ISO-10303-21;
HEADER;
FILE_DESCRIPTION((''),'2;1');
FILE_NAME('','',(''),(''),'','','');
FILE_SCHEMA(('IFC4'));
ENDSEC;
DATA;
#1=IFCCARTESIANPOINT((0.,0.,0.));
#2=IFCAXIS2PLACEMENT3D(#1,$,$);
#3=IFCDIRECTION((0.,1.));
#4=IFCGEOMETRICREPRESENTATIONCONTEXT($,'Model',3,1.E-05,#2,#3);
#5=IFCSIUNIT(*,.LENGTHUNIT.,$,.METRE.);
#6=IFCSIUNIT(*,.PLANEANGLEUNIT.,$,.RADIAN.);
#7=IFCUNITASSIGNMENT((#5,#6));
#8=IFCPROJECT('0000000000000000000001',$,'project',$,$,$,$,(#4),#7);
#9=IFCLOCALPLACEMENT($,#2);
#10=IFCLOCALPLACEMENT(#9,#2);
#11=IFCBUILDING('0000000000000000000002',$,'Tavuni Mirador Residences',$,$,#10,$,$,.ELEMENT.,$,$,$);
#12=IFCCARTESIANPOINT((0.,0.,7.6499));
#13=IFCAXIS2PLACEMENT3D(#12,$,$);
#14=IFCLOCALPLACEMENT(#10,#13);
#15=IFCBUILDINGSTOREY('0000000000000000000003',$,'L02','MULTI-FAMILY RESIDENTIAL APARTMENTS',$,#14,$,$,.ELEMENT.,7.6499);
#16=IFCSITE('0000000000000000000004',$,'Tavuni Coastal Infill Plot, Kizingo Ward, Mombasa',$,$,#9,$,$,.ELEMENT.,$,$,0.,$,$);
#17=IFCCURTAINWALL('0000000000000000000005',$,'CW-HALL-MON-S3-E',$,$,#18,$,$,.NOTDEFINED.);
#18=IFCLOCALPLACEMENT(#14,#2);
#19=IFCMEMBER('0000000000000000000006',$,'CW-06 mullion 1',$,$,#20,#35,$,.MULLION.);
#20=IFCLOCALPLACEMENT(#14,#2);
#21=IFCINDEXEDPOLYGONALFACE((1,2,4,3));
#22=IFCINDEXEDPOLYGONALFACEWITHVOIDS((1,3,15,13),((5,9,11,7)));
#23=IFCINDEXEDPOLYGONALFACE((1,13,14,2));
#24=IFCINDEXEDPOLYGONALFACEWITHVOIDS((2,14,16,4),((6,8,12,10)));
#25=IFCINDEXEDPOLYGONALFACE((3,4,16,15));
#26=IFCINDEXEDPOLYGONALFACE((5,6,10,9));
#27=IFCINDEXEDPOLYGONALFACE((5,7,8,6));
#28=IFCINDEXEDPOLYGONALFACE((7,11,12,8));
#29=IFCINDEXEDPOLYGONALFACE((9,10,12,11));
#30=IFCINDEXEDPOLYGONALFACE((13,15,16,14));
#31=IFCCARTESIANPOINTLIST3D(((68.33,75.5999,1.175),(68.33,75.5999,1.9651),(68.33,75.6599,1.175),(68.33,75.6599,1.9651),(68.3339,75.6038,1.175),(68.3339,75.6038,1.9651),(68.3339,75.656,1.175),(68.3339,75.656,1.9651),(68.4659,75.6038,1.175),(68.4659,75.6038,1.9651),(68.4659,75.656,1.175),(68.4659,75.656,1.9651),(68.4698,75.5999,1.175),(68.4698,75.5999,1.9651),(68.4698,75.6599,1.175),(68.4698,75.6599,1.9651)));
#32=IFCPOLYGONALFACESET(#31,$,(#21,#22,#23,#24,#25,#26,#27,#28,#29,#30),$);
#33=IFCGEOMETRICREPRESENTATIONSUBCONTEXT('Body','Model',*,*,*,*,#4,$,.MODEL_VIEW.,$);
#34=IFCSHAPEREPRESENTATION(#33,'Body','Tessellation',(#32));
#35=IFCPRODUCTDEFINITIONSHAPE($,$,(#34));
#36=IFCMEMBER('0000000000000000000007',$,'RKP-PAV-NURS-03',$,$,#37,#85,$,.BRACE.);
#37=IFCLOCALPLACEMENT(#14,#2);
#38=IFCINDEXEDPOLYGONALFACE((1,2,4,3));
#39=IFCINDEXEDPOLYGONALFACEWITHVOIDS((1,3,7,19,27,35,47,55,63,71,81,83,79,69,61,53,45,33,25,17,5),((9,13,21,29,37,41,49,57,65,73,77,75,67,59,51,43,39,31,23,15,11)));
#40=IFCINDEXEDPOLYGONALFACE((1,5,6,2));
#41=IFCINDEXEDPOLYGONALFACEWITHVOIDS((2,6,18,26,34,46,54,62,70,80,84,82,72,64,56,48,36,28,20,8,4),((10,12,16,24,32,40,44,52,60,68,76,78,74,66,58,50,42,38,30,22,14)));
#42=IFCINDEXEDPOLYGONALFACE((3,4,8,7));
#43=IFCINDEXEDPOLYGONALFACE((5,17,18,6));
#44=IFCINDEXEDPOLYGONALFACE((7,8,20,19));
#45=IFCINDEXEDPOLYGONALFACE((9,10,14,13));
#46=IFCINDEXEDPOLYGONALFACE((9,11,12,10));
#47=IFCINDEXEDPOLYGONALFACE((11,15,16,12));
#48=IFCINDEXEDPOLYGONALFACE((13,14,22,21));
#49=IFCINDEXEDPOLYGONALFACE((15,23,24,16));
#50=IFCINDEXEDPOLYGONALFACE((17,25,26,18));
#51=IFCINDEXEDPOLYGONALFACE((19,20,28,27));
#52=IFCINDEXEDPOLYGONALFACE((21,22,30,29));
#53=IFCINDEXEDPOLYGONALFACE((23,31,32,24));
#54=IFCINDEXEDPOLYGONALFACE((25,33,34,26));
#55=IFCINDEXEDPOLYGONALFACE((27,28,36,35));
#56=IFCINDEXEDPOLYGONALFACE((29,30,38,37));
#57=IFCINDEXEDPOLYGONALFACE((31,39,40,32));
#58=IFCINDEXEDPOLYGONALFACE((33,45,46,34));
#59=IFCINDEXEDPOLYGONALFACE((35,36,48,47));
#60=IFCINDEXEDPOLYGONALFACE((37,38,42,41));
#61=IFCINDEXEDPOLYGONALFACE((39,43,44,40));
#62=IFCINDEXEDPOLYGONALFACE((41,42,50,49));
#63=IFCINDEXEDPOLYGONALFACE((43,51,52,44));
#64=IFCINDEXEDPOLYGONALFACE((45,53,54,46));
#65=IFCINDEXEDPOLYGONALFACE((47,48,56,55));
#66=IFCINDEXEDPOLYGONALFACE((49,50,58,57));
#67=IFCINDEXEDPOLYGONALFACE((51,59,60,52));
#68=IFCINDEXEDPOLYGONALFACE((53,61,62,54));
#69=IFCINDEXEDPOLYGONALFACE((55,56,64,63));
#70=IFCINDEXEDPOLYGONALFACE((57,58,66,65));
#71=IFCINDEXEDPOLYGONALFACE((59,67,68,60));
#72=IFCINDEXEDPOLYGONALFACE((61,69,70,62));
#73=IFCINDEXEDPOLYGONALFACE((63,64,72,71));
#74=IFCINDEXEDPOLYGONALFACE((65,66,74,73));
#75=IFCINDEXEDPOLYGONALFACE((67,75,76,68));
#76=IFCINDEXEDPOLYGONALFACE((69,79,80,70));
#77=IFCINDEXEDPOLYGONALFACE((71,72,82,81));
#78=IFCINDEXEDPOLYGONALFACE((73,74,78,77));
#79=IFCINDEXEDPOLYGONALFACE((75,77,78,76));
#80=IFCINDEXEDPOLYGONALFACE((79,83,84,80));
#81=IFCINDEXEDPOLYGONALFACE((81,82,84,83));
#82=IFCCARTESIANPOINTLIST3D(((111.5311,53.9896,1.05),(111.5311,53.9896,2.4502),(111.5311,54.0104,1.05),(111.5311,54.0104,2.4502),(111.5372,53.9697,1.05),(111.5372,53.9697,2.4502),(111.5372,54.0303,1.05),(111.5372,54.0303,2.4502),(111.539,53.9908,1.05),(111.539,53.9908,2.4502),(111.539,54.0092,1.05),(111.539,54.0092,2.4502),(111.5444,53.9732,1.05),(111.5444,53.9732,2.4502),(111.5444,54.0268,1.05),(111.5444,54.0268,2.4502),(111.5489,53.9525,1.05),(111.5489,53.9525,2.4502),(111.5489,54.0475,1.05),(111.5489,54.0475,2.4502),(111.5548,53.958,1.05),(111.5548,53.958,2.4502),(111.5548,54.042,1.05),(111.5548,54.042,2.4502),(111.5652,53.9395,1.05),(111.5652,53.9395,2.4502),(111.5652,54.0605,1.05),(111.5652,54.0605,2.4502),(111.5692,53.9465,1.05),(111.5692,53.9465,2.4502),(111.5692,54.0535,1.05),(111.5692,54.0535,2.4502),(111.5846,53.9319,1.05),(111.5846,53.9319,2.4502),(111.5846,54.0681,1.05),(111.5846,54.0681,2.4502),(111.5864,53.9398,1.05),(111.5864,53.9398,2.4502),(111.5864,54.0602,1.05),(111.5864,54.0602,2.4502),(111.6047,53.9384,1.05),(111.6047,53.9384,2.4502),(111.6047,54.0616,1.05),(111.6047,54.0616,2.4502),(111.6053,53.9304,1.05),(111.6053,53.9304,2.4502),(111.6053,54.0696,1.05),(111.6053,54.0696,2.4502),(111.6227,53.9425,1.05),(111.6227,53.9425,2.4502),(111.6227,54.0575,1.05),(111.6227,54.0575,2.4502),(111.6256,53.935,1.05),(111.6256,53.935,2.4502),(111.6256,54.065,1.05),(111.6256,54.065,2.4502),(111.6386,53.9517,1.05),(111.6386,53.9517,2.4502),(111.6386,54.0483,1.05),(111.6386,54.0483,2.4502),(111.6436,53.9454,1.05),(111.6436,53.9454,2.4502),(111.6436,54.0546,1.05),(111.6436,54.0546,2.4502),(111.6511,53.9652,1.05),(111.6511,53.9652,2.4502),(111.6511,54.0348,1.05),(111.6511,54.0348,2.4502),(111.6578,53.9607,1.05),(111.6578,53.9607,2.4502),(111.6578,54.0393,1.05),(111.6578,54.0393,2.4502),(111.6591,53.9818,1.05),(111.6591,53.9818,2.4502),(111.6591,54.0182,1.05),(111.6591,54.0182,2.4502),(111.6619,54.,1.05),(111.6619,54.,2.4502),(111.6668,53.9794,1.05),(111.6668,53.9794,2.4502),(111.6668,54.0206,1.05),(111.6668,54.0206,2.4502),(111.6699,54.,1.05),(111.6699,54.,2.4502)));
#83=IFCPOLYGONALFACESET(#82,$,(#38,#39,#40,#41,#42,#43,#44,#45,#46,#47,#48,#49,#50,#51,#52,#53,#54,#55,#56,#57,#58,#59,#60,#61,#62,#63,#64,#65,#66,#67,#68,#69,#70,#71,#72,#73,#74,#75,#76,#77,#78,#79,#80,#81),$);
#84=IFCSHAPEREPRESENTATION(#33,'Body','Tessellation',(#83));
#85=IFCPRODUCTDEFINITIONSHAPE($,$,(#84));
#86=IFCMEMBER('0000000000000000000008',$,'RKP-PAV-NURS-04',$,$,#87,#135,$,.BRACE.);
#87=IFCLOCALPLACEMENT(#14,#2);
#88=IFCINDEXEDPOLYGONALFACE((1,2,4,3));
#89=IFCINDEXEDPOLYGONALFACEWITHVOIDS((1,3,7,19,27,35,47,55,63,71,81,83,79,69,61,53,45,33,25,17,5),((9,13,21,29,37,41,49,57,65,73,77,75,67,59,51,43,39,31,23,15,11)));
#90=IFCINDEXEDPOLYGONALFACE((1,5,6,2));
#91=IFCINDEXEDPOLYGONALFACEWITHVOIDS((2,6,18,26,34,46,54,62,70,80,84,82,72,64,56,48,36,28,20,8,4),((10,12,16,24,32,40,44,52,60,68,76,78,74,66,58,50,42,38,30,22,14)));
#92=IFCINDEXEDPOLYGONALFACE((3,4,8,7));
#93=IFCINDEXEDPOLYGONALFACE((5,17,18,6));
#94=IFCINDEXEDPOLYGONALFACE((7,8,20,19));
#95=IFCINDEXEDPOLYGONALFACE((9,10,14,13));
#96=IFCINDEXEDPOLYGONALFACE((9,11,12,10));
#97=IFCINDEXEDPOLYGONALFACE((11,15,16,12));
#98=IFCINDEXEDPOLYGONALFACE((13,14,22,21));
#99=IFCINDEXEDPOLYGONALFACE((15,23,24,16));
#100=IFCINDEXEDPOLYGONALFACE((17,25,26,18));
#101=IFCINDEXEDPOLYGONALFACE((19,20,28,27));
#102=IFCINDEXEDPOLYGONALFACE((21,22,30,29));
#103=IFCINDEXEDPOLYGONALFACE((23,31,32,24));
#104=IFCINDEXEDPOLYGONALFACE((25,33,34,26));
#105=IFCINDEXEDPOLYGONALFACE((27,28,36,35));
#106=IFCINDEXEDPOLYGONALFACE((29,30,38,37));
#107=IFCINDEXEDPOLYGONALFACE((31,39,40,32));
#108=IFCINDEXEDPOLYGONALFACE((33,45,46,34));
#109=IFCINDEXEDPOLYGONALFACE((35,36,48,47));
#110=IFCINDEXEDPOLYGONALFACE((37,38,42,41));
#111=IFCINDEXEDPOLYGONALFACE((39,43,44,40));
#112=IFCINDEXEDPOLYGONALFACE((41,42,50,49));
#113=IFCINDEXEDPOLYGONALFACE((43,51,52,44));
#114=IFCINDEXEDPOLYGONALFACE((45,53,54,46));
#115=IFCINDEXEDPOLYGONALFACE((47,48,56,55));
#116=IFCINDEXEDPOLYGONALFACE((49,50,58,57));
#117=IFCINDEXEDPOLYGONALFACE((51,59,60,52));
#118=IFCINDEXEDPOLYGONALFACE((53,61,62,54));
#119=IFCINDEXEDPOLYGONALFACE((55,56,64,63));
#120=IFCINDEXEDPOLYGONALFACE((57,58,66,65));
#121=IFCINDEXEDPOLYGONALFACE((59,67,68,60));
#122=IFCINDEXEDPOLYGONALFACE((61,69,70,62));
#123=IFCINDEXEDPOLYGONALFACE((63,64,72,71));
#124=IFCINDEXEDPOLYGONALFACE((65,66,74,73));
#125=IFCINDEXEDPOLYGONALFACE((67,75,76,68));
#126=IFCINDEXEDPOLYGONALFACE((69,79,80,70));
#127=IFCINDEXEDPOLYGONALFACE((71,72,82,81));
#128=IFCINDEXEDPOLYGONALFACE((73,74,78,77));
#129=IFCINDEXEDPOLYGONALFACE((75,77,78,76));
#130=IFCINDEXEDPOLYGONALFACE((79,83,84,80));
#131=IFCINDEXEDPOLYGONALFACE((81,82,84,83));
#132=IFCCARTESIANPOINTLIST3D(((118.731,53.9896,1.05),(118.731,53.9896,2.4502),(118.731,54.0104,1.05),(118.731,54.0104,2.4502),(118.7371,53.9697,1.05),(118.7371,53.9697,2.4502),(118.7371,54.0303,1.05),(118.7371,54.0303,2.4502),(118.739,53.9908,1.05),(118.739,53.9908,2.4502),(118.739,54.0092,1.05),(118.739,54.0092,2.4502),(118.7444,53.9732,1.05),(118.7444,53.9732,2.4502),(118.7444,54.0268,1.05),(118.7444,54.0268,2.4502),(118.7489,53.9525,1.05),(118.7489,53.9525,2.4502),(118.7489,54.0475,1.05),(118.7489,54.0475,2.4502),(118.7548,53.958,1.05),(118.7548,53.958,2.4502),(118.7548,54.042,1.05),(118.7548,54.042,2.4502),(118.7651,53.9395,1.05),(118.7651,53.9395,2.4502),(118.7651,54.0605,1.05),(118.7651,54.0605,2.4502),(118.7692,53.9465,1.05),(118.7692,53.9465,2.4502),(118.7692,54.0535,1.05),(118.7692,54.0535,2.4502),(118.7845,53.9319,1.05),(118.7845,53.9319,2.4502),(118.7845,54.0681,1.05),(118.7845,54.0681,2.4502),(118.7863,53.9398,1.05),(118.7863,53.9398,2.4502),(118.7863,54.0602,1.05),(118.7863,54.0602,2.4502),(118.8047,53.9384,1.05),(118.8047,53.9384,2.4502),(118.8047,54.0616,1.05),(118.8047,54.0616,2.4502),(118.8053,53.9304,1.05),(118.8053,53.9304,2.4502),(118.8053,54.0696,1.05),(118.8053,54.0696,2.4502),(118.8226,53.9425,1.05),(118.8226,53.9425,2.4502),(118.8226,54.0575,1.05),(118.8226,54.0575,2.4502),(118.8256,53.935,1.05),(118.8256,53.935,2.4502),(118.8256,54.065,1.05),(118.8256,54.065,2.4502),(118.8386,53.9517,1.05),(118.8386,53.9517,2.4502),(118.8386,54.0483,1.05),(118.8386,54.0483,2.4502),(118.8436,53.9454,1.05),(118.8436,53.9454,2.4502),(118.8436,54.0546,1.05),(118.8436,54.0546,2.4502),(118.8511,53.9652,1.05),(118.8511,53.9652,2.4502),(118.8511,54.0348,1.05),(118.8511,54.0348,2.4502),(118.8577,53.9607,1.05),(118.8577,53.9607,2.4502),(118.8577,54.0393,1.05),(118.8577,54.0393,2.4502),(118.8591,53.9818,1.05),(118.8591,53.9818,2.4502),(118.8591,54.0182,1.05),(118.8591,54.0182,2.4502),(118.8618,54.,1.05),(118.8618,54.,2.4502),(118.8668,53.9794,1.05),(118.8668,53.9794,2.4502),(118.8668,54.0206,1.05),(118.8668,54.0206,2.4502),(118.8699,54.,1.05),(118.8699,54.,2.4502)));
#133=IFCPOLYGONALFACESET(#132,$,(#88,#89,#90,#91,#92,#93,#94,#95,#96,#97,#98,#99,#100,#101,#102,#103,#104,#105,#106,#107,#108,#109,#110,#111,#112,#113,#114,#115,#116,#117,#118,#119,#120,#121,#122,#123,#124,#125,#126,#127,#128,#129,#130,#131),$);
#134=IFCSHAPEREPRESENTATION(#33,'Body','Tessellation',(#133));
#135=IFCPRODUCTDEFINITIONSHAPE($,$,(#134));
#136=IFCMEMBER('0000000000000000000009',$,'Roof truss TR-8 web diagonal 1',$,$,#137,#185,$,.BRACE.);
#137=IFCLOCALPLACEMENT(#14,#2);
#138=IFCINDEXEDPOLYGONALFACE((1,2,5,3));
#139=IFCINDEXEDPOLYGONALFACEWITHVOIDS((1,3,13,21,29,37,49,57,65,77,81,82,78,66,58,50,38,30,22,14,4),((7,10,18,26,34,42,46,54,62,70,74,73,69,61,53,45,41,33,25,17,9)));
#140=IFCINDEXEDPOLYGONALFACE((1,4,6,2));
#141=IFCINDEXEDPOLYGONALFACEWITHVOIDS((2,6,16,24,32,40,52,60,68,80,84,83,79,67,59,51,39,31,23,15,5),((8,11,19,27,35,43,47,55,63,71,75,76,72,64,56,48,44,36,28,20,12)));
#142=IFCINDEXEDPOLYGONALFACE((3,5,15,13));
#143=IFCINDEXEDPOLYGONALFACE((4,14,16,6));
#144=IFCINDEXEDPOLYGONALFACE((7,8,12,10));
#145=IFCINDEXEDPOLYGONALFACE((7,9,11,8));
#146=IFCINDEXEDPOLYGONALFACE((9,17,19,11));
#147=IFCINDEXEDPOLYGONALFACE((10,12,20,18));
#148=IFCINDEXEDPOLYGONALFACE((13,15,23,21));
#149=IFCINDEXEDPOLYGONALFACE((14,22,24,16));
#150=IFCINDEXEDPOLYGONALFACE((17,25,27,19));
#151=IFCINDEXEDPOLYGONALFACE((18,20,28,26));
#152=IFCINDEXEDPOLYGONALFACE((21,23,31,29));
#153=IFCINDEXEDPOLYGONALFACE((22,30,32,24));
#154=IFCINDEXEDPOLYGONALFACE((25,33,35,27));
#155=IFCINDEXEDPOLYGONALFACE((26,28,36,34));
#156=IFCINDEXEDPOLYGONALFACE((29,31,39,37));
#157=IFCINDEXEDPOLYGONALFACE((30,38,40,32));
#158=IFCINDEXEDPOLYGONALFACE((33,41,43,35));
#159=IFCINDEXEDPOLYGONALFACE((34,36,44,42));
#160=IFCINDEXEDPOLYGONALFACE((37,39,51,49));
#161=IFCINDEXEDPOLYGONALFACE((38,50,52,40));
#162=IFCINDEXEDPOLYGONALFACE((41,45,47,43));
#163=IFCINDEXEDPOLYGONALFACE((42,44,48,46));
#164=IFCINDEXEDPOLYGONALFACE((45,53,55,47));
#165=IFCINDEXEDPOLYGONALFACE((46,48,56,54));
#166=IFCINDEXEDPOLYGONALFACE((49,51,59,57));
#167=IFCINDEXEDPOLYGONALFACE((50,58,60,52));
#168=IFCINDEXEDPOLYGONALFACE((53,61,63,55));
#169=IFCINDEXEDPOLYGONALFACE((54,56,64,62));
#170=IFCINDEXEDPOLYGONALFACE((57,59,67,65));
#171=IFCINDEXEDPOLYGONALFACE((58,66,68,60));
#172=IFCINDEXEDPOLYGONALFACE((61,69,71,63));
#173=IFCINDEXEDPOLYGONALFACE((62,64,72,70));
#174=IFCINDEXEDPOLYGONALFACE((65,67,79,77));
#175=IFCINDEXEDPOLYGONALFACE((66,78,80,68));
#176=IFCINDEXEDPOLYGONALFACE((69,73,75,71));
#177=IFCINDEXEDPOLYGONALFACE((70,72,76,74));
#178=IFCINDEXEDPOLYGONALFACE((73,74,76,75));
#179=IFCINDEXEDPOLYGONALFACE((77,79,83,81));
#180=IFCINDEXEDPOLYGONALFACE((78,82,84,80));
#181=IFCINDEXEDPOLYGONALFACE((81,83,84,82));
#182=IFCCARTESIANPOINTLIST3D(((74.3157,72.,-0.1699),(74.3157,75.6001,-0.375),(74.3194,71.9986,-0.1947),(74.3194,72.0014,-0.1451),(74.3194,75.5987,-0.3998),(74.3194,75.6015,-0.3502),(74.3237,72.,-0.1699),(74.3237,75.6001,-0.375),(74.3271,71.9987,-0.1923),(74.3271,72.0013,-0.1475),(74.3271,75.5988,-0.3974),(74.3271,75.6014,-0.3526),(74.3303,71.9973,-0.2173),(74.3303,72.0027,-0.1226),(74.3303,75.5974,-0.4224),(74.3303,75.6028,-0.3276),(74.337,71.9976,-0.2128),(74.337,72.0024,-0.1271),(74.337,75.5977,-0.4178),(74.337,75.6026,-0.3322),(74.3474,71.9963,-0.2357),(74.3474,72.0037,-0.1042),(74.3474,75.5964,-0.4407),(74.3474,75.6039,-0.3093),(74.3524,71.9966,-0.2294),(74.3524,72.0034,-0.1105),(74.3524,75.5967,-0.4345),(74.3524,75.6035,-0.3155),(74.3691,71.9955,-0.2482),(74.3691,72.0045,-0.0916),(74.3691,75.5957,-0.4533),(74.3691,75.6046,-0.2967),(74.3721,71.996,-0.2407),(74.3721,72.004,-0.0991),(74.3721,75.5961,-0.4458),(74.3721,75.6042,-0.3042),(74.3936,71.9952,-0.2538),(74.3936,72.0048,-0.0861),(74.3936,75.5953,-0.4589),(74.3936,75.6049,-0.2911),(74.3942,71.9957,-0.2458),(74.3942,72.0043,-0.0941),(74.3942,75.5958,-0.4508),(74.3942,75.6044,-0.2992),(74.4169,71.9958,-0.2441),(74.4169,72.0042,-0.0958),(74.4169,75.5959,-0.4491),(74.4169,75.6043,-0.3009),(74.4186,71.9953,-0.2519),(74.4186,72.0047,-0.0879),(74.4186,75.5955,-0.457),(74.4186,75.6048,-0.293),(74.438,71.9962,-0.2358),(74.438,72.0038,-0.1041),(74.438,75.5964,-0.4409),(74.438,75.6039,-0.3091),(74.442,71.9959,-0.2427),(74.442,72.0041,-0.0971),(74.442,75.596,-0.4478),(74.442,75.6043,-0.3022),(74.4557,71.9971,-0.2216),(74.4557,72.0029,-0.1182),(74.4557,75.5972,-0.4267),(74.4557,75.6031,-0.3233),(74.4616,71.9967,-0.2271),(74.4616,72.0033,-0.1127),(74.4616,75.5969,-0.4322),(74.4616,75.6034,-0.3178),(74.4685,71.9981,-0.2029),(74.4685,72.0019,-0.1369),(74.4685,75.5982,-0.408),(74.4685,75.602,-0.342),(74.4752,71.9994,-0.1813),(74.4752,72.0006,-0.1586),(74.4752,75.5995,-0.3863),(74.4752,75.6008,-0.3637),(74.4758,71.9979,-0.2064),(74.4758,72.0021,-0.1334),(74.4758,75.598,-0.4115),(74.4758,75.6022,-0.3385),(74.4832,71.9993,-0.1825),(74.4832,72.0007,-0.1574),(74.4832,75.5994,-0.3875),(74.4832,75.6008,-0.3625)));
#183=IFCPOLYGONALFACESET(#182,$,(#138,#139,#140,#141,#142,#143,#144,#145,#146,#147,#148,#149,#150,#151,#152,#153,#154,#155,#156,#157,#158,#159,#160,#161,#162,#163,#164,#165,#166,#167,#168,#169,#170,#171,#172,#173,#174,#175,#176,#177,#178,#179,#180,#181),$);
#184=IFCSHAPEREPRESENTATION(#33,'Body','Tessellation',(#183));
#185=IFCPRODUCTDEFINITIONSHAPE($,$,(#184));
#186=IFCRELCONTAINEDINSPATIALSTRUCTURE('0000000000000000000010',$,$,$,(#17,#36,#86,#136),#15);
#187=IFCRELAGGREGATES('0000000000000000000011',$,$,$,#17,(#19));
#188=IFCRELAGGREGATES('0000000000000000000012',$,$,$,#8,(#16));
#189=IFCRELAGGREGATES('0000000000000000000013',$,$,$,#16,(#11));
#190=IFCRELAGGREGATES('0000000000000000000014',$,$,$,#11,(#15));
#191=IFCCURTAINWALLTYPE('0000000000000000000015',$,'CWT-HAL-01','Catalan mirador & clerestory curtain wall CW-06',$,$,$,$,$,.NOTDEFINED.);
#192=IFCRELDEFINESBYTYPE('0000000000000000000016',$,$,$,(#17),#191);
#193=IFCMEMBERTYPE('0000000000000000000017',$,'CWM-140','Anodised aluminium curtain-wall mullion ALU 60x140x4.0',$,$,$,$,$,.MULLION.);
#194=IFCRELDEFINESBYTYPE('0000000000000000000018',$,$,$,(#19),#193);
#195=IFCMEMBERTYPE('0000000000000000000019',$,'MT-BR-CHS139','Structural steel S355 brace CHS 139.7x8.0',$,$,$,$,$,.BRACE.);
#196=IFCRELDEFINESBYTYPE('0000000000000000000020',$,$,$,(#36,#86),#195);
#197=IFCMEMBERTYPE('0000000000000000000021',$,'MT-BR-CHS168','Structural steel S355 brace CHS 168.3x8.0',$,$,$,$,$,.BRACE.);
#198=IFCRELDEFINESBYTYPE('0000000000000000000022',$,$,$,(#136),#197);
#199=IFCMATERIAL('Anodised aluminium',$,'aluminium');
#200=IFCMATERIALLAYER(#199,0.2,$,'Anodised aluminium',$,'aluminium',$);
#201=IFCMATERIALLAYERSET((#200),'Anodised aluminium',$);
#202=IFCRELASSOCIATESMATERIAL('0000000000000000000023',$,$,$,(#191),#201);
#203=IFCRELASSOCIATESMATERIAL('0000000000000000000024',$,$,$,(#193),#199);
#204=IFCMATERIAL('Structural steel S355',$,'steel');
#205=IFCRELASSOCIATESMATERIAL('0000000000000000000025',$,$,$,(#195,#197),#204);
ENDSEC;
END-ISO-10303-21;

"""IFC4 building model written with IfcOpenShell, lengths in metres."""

from ifc_helpers import new_model, si_unit, direction, frame, origin, origin_2d, place, context, subcontext, project, spatial, hollow_rectangle, hollow_circle, extrude, material, layer, layer_set, material_profile, profile_set, type_object, element, aggregate, save


model = new_model("IFC4")

# Units and contexts
model_context = context("Model", 3, precision=1e-05, world=origin(), true_north=direction((0.0, 1.0)))
body_context = subcontext(model_context, "Body", "Model", "MODEL_VIEW")
ifc_project = project(units=[si_unit("LENGTHUNIT", "METRE"), si_unit("PLANEANGLEUNIT", "RADIAN")], contexts=[model_context])

# Site, building, storey
site_placement = place(None, origin())
site = spatial("IfcSite", under=ifc_project, at=site_placement, Name="Tavuni Coastal Infill Plot, Kizingo Ward, Mombasa", CompositionType="ELEMENT", RefElevation=0.0)
building_placement = place(site_placement, origin())
building = spatial("IfcBuilding", under=site, at=building_placement, Name="Tavuni Mirador Residences", CompositionType="ELEMENT")
storey_placement = place(building_placement, frame((0.0, 0.0, 7.6499)))
storey = spatial("IfcBuildingStorey", under=building, at=storey_placement, Name="L02", Description="MULTI-FAMILY RESIDENTIAL APARTMENTS", CompositionType="ELEMENT", Elevation=7.6499)

# Curtain wall, member
ifc_material_1 = material(Name="Anodised aluminium", Category="aluminium")
ifc_layer_1 = layer(ifc_material_1, 0.2, Name="Anodised aluminium", Category="aluminium")
ifc_layer_set_1 = layer_set([ifc_layer_1], Name="Anodised aluminium")
curtain_wall_type = type_object("IfcCurtainWallType", Name="CWT-HAL-01", Description="Catalan mirador & clerestory curtain wall CW-06", PredefinedType="NOTDEFINED", material=ifc_layer_set_1)
curtain_wall_placement = place(storey_placement, origin())
curtain_wall = element("IfcCurtainWall", 1, at=curtain_wall_placement, inside=storey, type_object=curtain_wall_type, Name="CW-HALL-MON-S3-E", PredefinedType="NOTDEFINED")
ifc_material_profile_1 = material_profile(ifc_material_1, hollow_rectangle(XDim=0.0601, YDim=0.1399, WallThickness=0.0039, at=origin_2d()), Name="ALU 60x140x4.0", Category="aluminium")
ifc_profile_set_1 = profile_set([ifc_material_profile_1], Name="Anodised aluminium")
member_type_1 = type_object("IfcMemberType", Name="CWM-140", Description="Anodised aluminium curtain-wall mullion ALU 60x140x4.0", PredefinedType="MULLION", material=ifc_profile_set_1)
member_1_placement = place(storey_placement, frame((68.3999, 75.6299, 1.175), z_axis=(0.0, 0.0, 1.0), x_axis=(0.0, 1.0, 0.0)))
member_1 = element("IfcMember", 2, at=member_1_placement, type_object=member_type_1, Name="CW-06 mullion 1", PredefinedType="MULLION", context=body_context, shape_type="SweptSolid", body=[
    extrude(hollow_rectangle(XDim=0.0601, YDim=0.1399, WallThickness=0.0039, at=origin_2d()), origin(), (0.0, 0.0, 1.0), 0.79),
])
aggregate(curtain_wall, [member_1])

# Members
ifc_material_2 = material(Name="Structural steel S355", Category="steel")
ifc_material_profile_2 = material_profile(ifc_material_2, hollow_circle(Radius=0.0698, WallThickness=0.0081, at=origin_2d()), Name="CHS 139.7x8.0", Category="steel")
ifc_profile_set_2 = profile_set([ifc_material_profile_2], Name="Structural steel S355")
member_type_2 = type_object("IfcMemberType", Name="MT-BR-CHS139", Description="Structural steel S355 brace CHS 139.7x8.0", PredefinedType="BRACE", material=ifc_profile_set_2)
for number, where, z_axis, x_axis, name in (
    (3, (111.6001, 54.0, 1.05), (0.0, 0.0, 1.0), (1.0, 0.0, 0.0), "RKP-PAV-NURS-03"),
    (4, (118.8, 54.0, 1.05), (0.0, 0.0, 1.0), (1.0, 0.0, 0.0), "RKP-PAV-NURS-04"),
):
    element("IfcMember", number, at=place(storey_placement, frame(where, z_axis=z_axis, x_axis=x_axis)), inside=storey, type_object=member_type_2, Name=name, PredefinedType="BRACE", context=body_context, shape_type="SweptSolid", body=[
        extrude(hollow_circle(Radius=0.0698, WallThickness=0.0081, at=origin_2d()), origin(), (0.0, 0.0, 1.0), 1.4001),
    ])
ifc_material_profile_3 = material_profile(ifc_material_2, hollow_circle(Radius=0.0842, WallThickness=0.0081, at=origin_2d()), Name="CHS 168.3x8.0", Category="steel")
ifc_profile_set_3 = profile_set([ifc_material_profile_3], Name="Structural steel S355")
member_type_3 = type_object("IfcMemberType", Name="MT-BR-CHS168", Description="Structural steel S355 brace CHS 168.3x8.0", PredefinedType="BRACE", material=ifc_profile_set_3)
member_2_placement = place(storey_placement, frame((74.3999, 72.0, -0.1699), z_axis=(0.0, 0.998381, -0.056872), x_axis=(-1.0, 0.0, 0.0)))
element("IfcMember", 5, at=member_2_placement, inside=storey, type_object=member_type_3, Name="Roof truss TR-8 web diagonal 1", PredefinedType="BRACE", context=body_context, shape_type="SweptSolid", body=[
    extrude(hollow_circle(Radius=0.0842, WallThickness=0.0081, at=origin_2d()), origin(), (0.0, 0.0, 1.0), 3.606),
])

save(model, "model.ifc")
